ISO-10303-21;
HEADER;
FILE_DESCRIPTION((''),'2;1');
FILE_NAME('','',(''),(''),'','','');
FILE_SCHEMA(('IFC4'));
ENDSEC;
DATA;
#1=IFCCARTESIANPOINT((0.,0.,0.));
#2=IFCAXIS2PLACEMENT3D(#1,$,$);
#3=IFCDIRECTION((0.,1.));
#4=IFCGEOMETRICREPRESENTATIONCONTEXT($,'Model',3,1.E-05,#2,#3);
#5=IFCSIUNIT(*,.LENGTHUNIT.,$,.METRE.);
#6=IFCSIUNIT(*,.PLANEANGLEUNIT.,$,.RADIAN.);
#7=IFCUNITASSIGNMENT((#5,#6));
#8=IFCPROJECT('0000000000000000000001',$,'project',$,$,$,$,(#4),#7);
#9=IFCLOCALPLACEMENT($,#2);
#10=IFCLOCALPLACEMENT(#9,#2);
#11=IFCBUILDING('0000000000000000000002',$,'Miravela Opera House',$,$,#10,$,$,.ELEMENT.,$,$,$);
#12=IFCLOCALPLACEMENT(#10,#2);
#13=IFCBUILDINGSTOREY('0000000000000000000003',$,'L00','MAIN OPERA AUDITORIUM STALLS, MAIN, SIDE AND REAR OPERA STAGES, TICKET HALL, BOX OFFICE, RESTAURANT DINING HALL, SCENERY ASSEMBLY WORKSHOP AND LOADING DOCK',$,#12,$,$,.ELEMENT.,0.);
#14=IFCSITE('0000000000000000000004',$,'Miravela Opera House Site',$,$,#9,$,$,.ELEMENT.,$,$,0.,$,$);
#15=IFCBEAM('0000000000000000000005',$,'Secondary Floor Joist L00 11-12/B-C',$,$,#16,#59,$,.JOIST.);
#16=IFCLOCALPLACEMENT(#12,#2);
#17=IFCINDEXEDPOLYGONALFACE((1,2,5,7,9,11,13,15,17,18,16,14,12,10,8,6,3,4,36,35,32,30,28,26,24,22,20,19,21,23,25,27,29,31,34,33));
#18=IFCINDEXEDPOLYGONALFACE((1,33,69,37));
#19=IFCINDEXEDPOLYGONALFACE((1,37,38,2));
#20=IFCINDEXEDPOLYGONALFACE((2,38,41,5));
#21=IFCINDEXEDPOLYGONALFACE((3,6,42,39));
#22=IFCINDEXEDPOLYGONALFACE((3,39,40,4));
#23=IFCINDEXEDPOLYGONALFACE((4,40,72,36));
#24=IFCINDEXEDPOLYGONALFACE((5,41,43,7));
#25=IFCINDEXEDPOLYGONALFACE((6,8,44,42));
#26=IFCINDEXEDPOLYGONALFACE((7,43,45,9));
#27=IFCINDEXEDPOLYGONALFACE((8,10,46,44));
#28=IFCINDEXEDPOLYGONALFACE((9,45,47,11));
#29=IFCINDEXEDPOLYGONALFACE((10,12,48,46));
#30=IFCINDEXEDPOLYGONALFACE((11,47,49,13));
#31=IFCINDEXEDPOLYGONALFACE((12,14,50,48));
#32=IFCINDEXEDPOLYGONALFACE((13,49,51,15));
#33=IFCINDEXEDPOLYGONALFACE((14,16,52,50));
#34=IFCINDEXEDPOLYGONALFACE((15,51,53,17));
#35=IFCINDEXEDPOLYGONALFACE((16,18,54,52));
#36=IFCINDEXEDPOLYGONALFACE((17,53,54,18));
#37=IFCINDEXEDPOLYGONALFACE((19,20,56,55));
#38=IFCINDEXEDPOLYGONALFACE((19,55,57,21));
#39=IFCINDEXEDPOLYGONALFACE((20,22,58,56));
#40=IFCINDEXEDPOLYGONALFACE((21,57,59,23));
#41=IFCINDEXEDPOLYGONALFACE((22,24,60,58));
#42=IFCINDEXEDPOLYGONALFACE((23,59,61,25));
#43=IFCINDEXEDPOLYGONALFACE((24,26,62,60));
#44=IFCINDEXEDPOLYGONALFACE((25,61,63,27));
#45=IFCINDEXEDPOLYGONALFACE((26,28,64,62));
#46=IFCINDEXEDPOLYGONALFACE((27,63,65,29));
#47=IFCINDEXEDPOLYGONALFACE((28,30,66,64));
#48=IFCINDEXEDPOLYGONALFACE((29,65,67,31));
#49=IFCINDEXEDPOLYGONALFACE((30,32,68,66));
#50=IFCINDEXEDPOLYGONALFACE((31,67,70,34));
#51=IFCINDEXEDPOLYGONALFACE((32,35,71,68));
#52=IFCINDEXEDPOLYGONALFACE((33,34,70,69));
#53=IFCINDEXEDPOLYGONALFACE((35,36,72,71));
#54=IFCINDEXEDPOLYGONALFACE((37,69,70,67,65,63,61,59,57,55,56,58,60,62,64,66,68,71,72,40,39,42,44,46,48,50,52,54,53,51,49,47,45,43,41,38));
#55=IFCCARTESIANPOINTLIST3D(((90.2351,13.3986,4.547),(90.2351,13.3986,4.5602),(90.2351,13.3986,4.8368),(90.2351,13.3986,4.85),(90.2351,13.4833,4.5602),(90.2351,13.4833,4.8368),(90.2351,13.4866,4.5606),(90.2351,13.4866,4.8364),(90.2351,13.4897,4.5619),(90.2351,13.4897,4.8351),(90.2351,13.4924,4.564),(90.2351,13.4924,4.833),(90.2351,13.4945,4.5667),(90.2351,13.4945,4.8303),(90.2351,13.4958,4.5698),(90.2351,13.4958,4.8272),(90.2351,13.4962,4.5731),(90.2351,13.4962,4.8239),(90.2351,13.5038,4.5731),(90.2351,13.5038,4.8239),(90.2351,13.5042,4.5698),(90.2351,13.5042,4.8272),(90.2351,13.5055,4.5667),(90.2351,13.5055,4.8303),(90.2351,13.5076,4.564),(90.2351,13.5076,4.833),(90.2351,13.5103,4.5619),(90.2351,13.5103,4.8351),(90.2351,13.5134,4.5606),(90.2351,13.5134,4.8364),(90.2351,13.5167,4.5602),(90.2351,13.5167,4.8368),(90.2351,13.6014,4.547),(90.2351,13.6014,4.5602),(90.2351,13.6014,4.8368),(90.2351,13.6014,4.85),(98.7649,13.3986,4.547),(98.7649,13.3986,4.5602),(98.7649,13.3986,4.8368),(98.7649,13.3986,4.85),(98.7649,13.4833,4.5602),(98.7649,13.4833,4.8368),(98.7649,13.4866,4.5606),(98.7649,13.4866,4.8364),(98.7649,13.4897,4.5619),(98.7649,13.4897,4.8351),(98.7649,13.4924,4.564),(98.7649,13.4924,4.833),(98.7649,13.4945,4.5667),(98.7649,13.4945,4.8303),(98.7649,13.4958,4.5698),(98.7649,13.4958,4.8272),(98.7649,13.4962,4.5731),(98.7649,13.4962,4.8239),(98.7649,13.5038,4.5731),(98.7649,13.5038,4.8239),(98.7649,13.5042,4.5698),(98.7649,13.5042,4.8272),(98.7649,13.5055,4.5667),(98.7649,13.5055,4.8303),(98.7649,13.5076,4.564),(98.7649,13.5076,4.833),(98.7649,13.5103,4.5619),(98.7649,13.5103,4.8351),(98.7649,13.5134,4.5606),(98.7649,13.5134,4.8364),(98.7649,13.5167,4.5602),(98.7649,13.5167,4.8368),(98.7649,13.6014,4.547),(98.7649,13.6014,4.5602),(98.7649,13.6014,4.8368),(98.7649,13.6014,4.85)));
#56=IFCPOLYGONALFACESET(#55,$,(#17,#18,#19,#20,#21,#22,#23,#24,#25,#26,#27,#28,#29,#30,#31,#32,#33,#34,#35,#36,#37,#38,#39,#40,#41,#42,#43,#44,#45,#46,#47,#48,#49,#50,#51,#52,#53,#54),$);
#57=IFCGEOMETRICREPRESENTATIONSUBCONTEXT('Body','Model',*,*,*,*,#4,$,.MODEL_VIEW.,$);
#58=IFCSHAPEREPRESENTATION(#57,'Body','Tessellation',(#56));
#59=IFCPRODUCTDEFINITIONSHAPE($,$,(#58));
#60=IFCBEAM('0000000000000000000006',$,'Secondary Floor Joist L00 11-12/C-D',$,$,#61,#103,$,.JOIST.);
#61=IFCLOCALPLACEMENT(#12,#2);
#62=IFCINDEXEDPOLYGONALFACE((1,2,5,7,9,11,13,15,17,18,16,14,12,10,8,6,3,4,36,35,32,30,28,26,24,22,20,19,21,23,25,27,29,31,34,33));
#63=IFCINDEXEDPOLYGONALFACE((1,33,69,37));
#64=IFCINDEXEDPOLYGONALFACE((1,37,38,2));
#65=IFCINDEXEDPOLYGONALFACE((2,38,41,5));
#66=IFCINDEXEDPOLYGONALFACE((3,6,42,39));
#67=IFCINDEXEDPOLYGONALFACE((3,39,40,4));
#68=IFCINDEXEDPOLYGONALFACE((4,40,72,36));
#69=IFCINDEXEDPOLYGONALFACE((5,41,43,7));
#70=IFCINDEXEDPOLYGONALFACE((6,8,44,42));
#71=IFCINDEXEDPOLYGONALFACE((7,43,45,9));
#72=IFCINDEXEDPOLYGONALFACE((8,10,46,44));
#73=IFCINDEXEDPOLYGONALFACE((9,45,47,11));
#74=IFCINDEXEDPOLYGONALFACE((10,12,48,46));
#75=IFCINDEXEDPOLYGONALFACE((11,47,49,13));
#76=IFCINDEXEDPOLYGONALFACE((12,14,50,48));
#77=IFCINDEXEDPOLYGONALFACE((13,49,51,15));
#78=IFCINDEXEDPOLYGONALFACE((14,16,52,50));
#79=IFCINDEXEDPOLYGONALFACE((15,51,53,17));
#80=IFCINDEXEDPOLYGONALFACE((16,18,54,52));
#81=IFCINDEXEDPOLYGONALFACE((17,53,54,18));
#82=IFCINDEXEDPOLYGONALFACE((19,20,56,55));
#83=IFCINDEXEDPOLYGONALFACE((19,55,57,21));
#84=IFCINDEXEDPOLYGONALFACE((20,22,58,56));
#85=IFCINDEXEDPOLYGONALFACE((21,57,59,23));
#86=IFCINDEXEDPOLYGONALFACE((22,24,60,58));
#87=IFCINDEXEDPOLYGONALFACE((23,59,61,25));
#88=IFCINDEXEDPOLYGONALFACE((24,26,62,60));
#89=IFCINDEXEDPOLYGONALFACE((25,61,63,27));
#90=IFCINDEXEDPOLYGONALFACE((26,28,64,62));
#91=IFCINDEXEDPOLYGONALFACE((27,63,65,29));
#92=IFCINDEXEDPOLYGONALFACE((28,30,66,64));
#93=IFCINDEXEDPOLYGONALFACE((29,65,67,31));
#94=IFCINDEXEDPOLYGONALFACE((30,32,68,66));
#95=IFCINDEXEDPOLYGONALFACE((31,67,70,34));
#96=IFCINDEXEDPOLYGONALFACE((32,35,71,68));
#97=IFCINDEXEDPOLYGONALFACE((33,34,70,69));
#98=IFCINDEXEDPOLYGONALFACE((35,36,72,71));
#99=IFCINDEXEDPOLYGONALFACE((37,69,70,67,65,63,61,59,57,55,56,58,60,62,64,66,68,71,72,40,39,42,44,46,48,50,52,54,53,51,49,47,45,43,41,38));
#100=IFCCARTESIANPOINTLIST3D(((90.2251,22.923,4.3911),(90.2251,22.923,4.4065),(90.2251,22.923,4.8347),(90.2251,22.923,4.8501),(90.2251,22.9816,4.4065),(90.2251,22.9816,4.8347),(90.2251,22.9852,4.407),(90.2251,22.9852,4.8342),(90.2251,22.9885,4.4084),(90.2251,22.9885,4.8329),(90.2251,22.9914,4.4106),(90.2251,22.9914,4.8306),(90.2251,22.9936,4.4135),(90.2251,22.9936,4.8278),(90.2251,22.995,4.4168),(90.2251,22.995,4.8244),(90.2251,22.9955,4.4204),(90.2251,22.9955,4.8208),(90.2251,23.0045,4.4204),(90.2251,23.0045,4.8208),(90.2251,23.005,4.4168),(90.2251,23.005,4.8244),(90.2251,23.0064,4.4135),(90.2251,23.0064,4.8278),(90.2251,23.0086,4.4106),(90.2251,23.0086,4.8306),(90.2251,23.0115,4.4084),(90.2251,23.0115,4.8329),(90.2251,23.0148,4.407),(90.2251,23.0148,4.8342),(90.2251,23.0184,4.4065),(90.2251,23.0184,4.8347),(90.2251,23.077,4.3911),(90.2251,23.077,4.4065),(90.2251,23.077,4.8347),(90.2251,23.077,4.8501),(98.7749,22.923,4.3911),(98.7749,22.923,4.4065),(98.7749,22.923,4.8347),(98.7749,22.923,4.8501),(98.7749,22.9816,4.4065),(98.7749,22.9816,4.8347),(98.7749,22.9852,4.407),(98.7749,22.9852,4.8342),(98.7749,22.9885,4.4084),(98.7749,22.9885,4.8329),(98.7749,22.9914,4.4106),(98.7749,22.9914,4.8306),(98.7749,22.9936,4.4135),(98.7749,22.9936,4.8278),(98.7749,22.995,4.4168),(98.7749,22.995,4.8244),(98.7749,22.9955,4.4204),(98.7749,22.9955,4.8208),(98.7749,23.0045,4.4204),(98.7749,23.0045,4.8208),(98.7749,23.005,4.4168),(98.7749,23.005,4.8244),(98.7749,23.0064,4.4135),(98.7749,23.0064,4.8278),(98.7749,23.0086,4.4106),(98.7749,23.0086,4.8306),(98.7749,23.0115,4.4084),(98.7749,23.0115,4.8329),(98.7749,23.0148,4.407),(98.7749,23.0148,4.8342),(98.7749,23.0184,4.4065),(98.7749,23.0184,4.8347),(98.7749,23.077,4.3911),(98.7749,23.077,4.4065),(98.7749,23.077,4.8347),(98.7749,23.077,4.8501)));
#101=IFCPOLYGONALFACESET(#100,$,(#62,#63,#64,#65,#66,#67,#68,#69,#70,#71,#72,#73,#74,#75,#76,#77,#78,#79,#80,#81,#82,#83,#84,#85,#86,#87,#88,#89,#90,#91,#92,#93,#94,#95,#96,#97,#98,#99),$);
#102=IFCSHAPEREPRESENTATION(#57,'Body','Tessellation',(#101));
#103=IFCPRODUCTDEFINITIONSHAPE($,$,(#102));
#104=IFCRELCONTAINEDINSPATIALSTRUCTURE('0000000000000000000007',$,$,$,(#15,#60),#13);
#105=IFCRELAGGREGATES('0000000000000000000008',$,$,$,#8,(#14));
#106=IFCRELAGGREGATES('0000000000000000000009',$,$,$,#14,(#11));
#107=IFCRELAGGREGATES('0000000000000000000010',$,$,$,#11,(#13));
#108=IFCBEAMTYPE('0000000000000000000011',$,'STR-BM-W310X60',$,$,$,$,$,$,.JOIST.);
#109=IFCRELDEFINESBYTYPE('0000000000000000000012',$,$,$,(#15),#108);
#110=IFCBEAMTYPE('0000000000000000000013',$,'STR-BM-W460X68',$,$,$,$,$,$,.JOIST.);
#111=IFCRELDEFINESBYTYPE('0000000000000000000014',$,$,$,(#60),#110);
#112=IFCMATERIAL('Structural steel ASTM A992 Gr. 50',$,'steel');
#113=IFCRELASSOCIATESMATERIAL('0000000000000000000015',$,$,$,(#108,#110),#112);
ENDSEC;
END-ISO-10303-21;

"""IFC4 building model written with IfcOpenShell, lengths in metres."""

from ifc_helpers import new_model, si_unit, direction, frame, origin, origin_2d, place, context, subcontext, project, spatial, i_section, extrude, material, material_profile, profile_set, type_object, element, save


model = new_model("IFC4")

# Units and contexts
model_context = context("Model", 3, precision=1e-05, world=origin(), true_north=direction((0.0, 1.0)))
body_context = subcontext(model_context, "Body", "Model", "MODEL_VIEW")
ifc_project = project(units=[si_unit("LENGTHUNIT", "METRE"), si_unit("PLANEANGLEUNIT", "RADIAN")], contexts=[model_context])

# Site, building, storey
site_placement = place(None, origin())
site = spatial("IfcSite", under=ifc_project, at=site_placement, Name="Miravela Opera House Site", CompositionType="ELEMENT", RefElevation=0.0)
building_placement = place(site_placement, origin())
building = spatial("IfcBuilding", under=site, at=building_placement, Name="Miravela Opera House", CompositionType="ELEMENT")
storey_placement = place(building_placement, origin())
storey = spatial("IfcBuildingStorey", under=building, at=storey_placement, Name="L00", Description="MAIN OPERA AUDITORIUM STALLS, MAIN, SIDE AND REAR OPERA STAGES, TICKET HALL, BOX OFFICE, RESTAURANT DINING HALL, SCENERY ASSEMBLY WORKSHOP AND LOADING DOCK", CompositionType="ELEMENT", Elevation=0.0)

# Beams
ifc_material_1 = material(Name="Structural steel ASTM A992 Gr. 50", Category="steel")
ifc_material_profile_1 = material_profile(ifc_material_1, i_section(OverallWidth=0.2029, OverallDepth=0.303, WebThickness=0.0076, FlangeThickness=0.0132, FilletRadius=0.0129, at=origin_2d()), Name="W310X60")
ifc_profile_set_1 = profile_set([ifc_material_profile_1])
beam_type_1 = type_object("IfcBeamType", Name="STR-BM-W310X60", PredefinedType="JOIST", material=ifc_profile_set_1)
beam_1_placement = place(storey_placement, frame((90.2351, 13.5, 4.6985), z_axis=(1.0, 0.0, 0.0), x_axis=(0.0, 1.0, 0.0)))
element("IfcBeam", 1, at=beam_1_placement, inside=storey, type_object=beam_type_1, Name="Secondary Floor Joist L00 11-12/B-C", PredefinedType="JOIST", context=body_context, shape_type="SweptSolid", body=[
    extrude(i_section(OverallWidth=0.2029, OverallDepth=0.303, WebThickness=0.0076, FlangeThickness=0.0132, FilletRadius=0.0129, at=origin_2d()), origin(), (0.0, 0.0, 1.0), 8.5298),
])
ifc_material_profile_2 = material_profile(ifc_material_1, i_section(OverallWidth=0.1541, OverallDepth=0.459, WebThickness=0.009, FlangeThickness=0.0154, FilletRadius=0.0139, at=origin_2d()), Name="W460X68")
ifc_profile_set_2 = profile_set([ifc_material_profile_2])
beam_type_2 = type_object("IfcBeamType", Name="STR-BM-W460X68", PredefinedType="JOIST", material=ifc_profile_set_2)
beam_2_placement = place(storey_placement, frame((90.2251, 23.0, 4.6206), z_axis=(1.0, 0.0, 0.0), x_axis=(0.0, 1.0, 0.0)))
element("IfcBeam", 2, at=beam_2_placement, inside=storey, type_object=beam_type_2, Name="Secondary Floor Joist L00 11-12/C-D", PredefinedType="JOIST", context=body_context, shape_type="SweptSolid", body=[
    extrude(i_section(OverallWidth=0.1541, OverallDepth=0.459, WebThickness=0.009, FlangeThickness=0.0154, FilletRadius=0.0139, at=origin_2d()), origin(), (0.0, 0.0, 1.0), 8.5498),
])

save(model, "model.ifc")
